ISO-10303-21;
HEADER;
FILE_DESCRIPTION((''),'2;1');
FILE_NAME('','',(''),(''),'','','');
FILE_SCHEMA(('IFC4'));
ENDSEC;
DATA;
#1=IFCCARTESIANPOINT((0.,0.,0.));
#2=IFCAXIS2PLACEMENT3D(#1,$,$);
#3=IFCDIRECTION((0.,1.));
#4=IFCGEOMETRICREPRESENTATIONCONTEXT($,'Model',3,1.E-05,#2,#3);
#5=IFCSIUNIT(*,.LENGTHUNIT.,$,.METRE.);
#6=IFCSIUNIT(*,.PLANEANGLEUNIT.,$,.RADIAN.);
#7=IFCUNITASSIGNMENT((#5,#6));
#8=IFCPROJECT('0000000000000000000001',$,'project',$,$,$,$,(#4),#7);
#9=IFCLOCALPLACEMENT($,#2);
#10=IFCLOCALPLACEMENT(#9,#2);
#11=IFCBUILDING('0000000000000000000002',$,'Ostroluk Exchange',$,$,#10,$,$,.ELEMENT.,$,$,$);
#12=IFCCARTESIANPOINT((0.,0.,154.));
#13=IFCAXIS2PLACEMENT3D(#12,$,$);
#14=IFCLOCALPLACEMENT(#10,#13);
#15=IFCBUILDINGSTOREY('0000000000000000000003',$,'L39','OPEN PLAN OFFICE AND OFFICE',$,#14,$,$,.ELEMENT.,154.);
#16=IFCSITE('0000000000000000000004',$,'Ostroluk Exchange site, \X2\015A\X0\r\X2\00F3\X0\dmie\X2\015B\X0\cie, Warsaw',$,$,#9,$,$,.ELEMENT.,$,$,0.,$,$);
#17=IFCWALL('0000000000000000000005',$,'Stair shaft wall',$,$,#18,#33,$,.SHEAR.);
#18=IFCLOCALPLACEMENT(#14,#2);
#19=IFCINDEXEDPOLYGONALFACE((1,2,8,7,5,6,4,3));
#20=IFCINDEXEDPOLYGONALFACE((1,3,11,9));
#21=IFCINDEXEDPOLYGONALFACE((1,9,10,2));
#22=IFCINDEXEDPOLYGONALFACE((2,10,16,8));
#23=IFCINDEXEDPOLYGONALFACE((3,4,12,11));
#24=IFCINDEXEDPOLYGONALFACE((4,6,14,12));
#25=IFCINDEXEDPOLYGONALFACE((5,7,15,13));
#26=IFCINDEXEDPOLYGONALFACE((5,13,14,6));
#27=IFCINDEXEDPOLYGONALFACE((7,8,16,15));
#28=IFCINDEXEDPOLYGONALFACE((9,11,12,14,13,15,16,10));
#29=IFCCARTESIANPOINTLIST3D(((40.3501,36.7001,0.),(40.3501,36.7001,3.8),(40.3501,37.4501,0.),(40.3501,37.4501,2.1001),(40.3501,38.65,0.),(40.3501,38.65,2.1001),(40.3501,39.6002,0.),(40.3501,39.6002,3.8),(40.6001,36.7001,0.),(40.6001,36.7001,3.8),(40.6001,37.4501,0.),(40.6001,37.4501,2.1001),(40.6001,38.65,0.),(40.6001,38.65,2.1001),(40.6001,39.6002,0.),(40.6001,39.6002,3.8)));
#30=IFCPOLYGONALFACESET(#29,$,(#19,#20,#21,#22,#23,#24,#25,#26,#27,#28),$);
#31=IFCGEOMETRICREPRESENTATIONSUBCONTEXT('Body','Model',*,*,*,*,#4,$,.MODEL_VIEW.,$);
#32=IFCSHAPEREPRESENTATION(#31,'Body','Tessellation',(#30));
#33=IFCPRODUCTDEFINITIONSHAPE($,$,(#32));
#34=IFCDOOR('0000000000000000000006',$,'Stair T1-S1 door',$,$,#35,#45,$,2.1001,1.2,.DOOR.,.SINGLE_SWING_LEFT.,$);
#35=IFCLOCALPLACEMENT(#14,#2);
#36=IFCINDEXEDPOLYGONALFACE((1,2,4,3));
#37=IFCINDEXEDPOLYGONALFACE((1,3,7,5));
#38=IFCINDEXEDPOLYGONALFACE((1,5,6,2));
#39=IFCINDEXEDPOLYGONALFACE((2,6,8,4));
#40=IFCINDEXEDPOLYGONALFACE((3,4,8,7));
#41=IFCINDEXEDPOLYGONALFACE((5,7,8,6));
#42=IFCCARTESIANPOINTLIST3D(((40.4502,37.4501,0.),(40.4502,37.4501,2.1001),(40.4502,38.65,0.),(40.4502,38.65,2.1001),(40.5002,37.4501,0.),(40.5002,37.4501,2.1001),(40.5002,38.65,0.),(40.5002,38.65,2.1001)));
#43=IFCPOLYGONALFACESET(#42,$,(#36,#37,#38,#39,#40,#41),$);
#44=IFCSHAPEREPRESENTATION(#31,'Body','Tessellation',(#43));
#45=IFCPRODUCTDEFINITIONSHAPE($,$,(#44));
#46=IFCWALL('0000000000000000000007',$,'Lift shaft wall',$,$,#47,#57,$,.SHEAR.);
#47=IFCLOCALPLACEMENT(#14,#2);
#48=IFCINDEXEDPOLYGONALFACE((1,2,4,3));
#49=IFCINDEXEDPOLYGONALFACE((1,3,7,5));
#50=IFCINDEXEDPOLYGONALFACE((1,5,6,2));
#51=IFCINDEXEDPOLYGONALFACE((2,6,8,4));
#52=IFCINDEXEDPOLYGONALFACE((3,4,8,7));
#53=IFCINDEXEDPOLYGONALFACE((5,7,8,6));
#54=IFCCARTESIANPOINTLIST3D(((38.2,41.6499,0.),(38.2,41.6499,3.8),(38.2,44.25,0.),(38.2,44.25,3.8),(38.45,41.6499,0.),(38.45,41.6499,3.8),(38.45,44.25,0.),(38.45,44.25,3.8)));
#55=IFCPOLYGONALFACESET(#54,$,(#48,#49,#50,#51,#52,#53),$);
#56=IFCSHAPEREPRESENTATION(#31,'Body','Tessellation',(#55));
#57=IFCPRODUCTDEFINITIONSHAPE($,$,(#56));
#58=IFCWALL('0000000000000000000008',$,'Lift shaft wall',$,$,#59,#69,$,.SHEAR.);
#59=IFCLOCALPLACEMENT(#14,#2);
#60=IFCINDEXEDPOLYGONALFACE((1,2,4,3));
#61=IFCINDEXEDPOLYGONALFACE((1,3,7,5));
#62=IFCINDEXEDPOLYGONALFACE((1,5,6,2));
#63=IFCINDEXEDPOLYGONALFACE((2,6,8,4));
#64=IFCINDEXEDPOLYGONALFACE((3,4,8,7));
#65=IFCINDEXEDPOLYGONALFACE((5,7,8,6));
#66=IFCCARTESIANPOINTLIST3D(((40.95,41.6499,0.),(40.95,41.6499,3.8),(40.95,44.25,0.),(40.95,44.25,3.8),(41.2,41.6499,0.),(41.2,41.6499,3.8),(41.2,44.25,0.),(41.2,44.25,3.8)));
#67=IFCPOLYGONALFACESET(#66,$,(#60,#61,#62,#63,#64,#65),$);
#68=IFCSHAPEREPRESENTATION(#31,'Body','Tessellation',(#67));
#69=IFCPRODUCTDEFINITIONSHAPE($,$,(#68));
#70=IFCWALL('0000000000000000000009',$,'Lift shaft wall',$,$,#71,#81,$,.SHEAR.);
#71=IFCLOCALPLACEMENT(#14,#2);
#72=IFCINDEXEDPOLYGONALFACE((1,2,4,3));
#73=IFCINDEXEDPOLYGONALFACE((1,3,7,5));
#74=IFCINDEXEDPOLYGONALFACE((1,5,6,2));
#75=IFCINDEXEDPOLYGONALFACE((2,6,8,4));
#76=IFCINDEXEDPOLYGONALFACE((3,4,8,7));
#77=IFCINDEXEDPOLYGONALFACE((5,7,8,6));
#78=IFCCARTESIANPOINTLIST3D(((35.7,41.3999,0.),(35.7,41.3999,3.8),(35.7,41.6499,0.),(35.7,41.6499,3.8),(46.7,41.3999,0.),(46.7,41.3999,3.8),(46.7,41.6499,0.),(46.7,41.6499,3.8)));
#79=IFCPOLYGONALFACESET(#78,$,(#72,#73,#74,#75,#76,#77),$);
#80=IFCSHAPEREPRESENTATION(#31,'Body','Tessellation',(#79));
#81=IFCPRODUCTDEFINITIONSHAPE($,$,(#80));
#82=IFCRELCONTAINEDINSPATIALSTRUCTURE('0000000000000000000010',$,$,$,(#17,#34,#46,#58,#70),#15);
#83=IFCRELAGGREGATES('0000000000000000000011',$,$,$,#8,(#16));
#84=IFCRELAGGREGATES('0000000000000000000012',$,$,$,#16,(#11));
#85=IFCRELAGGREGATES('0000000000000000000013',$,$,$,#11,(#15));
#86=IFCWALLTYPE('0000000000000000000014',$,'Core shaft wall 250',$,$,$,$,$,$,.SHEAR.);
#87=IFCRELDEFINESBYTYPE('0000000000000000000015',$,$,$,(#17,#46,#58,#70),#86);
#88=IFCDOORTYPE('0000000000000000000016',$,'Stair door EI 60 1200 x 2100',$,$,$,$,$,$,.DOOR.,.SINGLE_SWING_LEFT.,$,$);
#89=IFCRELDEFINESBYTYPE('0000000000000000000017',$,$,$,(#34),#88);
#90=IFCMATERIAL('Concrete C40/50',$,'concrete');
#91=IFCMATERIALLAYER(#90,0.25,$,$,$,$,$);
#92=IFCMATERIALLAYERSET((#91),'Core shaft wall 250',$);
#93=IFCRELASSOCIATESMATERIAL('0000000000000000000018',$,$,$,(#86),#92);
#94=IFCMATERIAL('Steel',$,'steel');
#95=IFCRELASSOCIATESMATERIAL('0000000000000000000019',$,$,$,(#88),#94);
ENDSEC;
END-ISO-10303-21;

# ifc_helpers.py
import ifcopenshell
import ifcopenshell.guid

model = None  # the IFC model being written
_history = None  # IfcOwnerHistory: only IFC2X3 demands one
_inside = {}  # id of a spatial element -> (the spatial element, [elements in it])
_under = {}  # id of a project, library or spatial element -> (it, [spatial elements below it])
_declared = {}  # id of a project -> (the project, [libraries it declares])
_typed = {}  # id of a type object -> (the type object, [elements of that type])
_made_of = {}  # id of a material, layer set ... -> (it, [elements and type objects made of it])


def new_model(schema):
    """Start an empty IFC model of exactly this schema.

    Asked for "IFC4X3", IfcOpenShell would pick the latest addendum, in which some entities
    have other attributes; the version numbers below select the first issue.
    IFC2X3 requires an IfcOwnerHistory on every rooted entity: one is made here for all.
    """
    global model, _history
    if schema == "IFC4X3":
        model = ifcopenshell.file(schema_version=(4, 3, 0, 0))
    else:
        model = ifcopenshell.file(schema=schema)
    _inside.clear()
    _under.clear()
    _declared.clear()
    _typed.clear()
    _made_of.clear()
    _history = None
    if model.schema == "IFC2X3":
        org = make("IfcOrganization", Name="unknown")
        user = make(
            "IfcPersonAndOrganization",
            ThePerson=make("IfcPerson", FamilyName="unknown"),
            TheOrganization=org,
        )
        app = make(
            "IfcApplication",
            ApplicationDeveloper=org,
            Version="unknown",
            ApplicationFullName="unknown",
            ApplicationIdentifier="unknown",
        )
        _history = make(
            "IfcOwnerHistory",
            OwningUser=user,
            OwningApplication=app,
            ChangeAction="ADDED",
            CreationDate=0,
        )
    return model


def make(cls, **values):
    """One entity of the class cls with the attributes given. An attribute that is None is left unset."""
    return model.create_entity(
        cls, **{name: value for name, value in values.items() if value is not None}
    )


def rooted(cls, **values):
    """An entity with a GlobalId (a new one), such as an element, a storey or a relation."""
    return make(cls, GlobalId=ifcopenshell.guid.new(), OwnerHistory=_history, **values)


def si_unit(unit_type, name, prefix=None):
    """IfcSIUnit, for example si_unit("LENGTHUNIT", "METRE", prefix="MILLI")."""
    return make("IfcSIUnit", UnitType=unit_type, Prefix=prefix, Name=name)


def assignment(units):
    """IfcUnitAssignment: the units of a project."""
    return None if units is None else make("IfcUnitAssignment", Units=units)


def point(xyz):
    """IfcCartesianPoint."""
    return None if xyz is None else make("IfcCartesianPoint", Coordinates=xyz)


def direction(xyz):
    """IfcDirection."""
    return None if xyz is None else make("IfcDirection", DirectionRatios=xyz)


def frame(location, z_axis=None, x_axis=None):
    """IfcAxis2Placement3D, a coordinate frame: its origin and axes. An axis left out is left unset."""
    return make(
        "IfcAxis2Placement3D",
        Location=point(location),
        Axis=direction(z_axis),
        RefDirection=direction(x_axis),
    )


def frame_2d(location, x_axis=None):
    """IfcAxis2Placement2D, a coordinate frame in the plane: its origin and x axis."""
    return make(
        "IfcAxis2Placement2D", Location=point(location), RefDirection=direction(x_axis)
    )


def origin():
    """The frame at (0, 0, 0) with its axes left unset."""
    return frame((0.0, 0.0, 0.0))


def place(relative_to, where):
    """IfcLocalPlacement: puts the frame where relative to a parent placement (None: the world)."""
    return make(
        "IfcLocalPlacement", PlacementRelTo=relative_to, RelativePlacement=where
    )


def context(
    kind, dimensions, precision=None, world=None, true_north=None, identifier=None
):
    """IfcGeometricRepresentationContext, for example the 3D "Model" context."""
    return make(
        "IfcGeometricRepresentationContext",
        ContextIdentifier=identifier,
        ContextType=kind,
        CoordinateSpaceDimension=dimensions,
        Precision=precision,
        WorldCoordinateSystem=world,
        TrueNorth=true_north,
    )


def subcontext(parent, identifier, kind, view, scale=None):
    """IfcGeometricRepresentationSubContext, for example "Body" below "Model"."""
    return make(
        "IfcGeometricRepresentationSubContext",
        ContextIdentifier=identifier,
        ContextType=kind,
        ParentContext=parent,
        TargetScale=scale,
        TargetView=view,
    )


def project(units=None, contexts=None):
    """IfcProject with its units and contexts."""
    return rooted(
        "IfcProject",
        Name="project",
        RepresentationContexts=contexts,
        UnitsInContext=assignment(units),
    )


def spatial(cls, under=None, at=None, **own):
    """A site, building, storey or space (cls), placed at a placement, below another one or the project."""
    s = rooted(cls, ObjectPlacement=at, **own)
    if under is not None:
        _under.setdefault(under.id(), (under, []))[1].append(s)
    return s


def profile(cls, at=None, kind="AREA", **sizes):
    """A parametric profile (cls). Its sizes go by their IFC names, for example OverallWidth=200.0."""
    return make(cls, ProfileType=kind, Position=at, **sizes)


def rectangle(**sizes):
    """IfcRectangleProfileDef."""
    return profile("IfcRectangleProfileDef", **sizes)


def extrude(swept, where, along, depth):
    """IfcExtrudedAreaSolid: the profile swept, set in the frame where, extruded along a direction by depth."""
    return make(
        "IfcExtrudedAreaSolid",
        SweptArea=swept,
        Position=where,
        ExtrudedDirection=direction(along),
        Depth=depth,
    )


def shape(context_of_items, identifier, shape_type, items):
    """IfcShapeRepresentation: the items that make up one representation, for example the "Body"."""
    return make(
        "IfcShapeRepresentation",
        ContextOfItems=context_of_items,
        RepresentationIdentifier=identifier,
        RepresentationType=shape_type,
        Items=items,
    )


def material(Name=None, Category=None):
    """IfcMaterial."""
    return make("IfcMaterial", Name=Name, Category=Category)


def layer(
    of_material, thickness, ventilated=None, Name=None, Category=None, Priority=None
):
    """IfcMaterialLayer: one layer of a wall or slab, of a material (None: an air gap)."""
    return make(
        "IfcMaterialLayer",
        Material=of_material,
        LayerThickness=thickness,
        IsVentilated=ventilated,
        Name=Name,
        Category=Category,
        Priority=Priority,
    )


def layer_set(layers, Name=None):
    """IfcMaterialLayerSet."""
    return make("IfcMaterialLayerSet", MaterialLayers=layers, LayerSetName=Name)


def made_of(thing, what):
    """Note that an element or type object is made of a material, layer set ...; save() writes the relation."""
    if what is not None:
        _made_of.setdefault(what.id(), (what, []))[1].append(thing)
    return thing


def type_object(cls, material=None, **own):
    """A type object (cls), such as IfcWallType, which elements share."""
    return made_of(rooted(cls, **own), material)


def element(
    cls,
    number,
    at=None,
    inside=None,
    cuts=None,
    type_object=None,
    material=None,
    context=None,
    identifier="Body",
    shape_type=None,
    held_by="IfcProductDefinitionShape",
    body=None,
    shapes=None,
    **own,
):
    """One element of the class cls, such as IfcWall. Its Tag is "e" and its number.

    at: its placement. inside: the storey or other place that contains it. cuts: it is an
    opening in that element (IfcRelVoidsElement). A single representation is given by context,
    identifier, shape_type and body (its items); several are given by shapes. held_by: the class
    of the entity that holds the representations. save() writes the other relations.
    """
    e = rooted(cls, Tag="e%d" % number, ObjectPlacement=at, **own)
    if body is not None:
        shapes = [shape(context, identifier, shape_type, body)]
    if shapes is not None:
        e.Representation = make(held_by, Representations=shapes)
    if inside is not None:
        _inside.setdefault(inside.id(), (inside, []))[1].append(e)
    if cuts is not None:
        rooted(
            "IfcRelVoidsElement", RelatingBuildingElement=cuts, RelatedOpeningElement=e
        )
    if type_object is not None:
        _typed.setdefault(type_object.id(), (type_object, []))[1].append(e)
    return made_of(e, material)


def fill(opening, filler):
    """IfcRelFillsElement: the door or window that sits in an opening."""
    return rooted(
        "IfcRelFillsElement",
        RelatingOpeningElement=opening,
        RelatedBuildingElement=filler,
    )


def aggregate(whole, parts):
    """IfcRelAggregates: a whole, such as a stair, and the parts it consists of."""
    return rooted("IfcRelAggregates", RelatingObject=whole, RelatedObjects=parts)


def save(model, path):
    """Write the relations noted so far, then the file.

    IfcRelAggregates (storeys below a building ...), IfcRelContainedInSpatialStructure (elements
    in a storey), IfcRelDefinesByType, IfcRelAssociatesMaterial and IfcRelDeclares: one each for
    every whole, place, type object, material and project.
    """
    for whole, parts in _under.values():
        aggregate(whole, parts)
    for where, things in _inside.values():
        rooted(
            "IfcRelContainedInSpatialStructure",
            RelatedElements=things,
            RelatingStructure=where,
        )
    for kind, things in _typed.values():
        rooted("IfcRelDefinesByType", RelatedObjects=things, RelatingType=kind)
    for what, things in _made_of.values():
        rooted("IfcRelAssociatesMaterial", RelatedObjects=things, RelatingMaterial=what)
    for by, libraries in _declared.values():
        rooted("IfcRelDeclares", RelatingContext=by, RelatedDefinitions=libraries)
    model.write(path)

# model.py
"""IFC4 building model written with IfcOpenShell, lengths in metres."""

from ifc_helpers import new_model, si_unit, direction, frame, frame_2d, origin, place, context, subcontext, project, spatial, rectangle, extrude, material, layer, layer_set, type_object, element, fill, save


model = new_model("IFC4")

# Units and contexts
model_context = context("Model", 3, precision=1e-05, world=origin(), true_north=direction((0.0, 1.0)))
body_context = subcontext(model_context, "Body", "Model", "MODEL_VIEW")
ifc_project = project(units=[si_unit("LENGTHUNIT", "METRE"), si_unit("PLANEANGLEUNIT", "RADIAN")], contexts=[model_context])

# Site, building, storey
site_placement = place(None, origin())
site = spatial("IfcSite", under=ifc_project, at=site_placement, Name="Ostroluk Exchange site, Śródmieście, Warsaw", CompositionType="ELEMENT", RefElevation=0.0)
building_placement = place(site_placement, origin())
building = spatial("IfcBuilding", under=site, at=building_placement, Name="Ostroluk Exchange", CompositionType="ELEMENT")
storey_placement = place(building_placement, frame((0.0, 0.0, 154.0)))
storey = spatial("IfcBuildingStorey", under=building, at=storey_placement, Name="L39", Description="OPEN PLAN OFFICE AND OFFICE", CompositionType="ELEMENT", Elevation=154.0)

# Wall, opening, door
ifc_material_1 = material(Name="Concrete C40/50", Category="concrete")
ifc_layer_1 = layer(ifc_material_1, 0.25)
ifc_layer_set_1 = layer_set([ifc_layer_1], Name="Core shaft wall 250")
wall_type_1 = type_object("IfcWallType", Name="Core shaft wall 250", PredefinedType="SHEAR", material=ifc_layer_set_1)
wall_1_placement = place(storey_placement, frame((40.4751, 36.7, 0.0), z_axis=(0.0, 0.0, 1.0), x_axis=(0.0, 1.0, 0.0)))
wall_1 = element("IfcWall", 1, at=wall_1_placement, inside=storey, type_object=wall_type_1, Name="Stair shaft wall", PredefinedType="SHEAR", context=body_context, shape_type="SweptSolid", body=[
    extrude(rectangle(XDim=2.9001, YDim=0.25, at=frame_2d((1.4502, 0.0))), origin(), (0.0, 0.0, 1.0), 3.8),
])
opening_1_placement = place(wall_1_placement, frame((0.75, 0.0, 0.0)))
opening_1 = element("IfcOpeningElement", 2, at=opening_1_placement, cuts=wall_1, PredefinedType="OPENING", context=body_context, shape_type="SweptSolid", body=[
    extrude(rectangle(XDim=1.2, YDim=2.1001, at=frame_2d((0.6001, 1.05))), frame((0.0, 0.135, 0.0), z_axis=(0.0, -1.0, 0.0), x_axis=(1.0, 0.0, 0.0)), (0.0, 0.0, 1.0), 0.27),
])
ifc_material_2 = material(Name="Steel", Category="steel")
door_type_1 = type_object("IfcDoorType", Name="Stair door EI 60 1200 x 2100", OperationType="SINGLE_SWING_LEFT", PredefinedType="DOOR", material=ifc_material_2)
door_1_placement = place(opening_1_placement, origin())
door_1 = element("IfcDoor", 3, at=door_1_placement, inside=storey, type_object=door_type_1, Name="Stair T1-S1 door", OperationType="SINGLE_SWING_LEFT", OverallHeight=2.1001, OverallWidth=1.2, PredefinedType="DOOR", context=body_context, shape_type="SweptSolid", body=[
    extrude(rectangle(XDim=1.2, YDim=2.1001, at=frame_2d((0.6001, 1.05))), frame((0.0, 0.0249, 0.0), z_axis=(0.0, -1.0, 0.0), x_axis=(1.0, 0.0, 0.0)), (0.0, 0.0, 1.0), 0.05),
])
fill(opening_1, door_1)

# Walls
for number, where, z_axis, x_axis, name in (
    (4, (38.325, 44.25, 0.0), (0.0, 0.0, 1.0), (0.0, -1.0, 0.0), "Lift shaft wall"),
    (5, (41.075, 44.25, 0.0), (0.0, 0.0, 1.0), (0.0, -1.0, 0.0), "Lift shaft wall"),
):
    element("IfcWall", number, at=place(storey_placement, frame(where, z_axis=z_axis, x_axis=x_axis)), inside=storey, type_object=wall_type_1, Name=name, PredefinedType="SHEAR", context=body_context, shape_type="SweptSolid", body=[
        extrude(rectangle(XDim=2.6001, YDim=0.25, at=frame_2d((1.3, 0.0))), origin(), (0.0, 0.0, 1.0), 3.8),
    ])
wall_2_placement = place(storey_placement, frame((35.7, 41.5249, 0.0), z_axis=(0.0, 0.0, 1.0), x_axis=(1.0, 0.0, 0.0)))
element("IfcWall", 6, at=wall_2_placement, inside=storey, type_object=wall_type_1, Name="Lift shaft wall", PredefinedType="SHEAR", context=body_context, shape_type="SweptSolid", body=[
    extrude(rectangle(XDim=11.0, YDim=0.25, at=frame_2d((5.5, 0.0))), origin(), (0.0, 0.0, 1.0), 3.8),
])

save(model, "model.ifc")
